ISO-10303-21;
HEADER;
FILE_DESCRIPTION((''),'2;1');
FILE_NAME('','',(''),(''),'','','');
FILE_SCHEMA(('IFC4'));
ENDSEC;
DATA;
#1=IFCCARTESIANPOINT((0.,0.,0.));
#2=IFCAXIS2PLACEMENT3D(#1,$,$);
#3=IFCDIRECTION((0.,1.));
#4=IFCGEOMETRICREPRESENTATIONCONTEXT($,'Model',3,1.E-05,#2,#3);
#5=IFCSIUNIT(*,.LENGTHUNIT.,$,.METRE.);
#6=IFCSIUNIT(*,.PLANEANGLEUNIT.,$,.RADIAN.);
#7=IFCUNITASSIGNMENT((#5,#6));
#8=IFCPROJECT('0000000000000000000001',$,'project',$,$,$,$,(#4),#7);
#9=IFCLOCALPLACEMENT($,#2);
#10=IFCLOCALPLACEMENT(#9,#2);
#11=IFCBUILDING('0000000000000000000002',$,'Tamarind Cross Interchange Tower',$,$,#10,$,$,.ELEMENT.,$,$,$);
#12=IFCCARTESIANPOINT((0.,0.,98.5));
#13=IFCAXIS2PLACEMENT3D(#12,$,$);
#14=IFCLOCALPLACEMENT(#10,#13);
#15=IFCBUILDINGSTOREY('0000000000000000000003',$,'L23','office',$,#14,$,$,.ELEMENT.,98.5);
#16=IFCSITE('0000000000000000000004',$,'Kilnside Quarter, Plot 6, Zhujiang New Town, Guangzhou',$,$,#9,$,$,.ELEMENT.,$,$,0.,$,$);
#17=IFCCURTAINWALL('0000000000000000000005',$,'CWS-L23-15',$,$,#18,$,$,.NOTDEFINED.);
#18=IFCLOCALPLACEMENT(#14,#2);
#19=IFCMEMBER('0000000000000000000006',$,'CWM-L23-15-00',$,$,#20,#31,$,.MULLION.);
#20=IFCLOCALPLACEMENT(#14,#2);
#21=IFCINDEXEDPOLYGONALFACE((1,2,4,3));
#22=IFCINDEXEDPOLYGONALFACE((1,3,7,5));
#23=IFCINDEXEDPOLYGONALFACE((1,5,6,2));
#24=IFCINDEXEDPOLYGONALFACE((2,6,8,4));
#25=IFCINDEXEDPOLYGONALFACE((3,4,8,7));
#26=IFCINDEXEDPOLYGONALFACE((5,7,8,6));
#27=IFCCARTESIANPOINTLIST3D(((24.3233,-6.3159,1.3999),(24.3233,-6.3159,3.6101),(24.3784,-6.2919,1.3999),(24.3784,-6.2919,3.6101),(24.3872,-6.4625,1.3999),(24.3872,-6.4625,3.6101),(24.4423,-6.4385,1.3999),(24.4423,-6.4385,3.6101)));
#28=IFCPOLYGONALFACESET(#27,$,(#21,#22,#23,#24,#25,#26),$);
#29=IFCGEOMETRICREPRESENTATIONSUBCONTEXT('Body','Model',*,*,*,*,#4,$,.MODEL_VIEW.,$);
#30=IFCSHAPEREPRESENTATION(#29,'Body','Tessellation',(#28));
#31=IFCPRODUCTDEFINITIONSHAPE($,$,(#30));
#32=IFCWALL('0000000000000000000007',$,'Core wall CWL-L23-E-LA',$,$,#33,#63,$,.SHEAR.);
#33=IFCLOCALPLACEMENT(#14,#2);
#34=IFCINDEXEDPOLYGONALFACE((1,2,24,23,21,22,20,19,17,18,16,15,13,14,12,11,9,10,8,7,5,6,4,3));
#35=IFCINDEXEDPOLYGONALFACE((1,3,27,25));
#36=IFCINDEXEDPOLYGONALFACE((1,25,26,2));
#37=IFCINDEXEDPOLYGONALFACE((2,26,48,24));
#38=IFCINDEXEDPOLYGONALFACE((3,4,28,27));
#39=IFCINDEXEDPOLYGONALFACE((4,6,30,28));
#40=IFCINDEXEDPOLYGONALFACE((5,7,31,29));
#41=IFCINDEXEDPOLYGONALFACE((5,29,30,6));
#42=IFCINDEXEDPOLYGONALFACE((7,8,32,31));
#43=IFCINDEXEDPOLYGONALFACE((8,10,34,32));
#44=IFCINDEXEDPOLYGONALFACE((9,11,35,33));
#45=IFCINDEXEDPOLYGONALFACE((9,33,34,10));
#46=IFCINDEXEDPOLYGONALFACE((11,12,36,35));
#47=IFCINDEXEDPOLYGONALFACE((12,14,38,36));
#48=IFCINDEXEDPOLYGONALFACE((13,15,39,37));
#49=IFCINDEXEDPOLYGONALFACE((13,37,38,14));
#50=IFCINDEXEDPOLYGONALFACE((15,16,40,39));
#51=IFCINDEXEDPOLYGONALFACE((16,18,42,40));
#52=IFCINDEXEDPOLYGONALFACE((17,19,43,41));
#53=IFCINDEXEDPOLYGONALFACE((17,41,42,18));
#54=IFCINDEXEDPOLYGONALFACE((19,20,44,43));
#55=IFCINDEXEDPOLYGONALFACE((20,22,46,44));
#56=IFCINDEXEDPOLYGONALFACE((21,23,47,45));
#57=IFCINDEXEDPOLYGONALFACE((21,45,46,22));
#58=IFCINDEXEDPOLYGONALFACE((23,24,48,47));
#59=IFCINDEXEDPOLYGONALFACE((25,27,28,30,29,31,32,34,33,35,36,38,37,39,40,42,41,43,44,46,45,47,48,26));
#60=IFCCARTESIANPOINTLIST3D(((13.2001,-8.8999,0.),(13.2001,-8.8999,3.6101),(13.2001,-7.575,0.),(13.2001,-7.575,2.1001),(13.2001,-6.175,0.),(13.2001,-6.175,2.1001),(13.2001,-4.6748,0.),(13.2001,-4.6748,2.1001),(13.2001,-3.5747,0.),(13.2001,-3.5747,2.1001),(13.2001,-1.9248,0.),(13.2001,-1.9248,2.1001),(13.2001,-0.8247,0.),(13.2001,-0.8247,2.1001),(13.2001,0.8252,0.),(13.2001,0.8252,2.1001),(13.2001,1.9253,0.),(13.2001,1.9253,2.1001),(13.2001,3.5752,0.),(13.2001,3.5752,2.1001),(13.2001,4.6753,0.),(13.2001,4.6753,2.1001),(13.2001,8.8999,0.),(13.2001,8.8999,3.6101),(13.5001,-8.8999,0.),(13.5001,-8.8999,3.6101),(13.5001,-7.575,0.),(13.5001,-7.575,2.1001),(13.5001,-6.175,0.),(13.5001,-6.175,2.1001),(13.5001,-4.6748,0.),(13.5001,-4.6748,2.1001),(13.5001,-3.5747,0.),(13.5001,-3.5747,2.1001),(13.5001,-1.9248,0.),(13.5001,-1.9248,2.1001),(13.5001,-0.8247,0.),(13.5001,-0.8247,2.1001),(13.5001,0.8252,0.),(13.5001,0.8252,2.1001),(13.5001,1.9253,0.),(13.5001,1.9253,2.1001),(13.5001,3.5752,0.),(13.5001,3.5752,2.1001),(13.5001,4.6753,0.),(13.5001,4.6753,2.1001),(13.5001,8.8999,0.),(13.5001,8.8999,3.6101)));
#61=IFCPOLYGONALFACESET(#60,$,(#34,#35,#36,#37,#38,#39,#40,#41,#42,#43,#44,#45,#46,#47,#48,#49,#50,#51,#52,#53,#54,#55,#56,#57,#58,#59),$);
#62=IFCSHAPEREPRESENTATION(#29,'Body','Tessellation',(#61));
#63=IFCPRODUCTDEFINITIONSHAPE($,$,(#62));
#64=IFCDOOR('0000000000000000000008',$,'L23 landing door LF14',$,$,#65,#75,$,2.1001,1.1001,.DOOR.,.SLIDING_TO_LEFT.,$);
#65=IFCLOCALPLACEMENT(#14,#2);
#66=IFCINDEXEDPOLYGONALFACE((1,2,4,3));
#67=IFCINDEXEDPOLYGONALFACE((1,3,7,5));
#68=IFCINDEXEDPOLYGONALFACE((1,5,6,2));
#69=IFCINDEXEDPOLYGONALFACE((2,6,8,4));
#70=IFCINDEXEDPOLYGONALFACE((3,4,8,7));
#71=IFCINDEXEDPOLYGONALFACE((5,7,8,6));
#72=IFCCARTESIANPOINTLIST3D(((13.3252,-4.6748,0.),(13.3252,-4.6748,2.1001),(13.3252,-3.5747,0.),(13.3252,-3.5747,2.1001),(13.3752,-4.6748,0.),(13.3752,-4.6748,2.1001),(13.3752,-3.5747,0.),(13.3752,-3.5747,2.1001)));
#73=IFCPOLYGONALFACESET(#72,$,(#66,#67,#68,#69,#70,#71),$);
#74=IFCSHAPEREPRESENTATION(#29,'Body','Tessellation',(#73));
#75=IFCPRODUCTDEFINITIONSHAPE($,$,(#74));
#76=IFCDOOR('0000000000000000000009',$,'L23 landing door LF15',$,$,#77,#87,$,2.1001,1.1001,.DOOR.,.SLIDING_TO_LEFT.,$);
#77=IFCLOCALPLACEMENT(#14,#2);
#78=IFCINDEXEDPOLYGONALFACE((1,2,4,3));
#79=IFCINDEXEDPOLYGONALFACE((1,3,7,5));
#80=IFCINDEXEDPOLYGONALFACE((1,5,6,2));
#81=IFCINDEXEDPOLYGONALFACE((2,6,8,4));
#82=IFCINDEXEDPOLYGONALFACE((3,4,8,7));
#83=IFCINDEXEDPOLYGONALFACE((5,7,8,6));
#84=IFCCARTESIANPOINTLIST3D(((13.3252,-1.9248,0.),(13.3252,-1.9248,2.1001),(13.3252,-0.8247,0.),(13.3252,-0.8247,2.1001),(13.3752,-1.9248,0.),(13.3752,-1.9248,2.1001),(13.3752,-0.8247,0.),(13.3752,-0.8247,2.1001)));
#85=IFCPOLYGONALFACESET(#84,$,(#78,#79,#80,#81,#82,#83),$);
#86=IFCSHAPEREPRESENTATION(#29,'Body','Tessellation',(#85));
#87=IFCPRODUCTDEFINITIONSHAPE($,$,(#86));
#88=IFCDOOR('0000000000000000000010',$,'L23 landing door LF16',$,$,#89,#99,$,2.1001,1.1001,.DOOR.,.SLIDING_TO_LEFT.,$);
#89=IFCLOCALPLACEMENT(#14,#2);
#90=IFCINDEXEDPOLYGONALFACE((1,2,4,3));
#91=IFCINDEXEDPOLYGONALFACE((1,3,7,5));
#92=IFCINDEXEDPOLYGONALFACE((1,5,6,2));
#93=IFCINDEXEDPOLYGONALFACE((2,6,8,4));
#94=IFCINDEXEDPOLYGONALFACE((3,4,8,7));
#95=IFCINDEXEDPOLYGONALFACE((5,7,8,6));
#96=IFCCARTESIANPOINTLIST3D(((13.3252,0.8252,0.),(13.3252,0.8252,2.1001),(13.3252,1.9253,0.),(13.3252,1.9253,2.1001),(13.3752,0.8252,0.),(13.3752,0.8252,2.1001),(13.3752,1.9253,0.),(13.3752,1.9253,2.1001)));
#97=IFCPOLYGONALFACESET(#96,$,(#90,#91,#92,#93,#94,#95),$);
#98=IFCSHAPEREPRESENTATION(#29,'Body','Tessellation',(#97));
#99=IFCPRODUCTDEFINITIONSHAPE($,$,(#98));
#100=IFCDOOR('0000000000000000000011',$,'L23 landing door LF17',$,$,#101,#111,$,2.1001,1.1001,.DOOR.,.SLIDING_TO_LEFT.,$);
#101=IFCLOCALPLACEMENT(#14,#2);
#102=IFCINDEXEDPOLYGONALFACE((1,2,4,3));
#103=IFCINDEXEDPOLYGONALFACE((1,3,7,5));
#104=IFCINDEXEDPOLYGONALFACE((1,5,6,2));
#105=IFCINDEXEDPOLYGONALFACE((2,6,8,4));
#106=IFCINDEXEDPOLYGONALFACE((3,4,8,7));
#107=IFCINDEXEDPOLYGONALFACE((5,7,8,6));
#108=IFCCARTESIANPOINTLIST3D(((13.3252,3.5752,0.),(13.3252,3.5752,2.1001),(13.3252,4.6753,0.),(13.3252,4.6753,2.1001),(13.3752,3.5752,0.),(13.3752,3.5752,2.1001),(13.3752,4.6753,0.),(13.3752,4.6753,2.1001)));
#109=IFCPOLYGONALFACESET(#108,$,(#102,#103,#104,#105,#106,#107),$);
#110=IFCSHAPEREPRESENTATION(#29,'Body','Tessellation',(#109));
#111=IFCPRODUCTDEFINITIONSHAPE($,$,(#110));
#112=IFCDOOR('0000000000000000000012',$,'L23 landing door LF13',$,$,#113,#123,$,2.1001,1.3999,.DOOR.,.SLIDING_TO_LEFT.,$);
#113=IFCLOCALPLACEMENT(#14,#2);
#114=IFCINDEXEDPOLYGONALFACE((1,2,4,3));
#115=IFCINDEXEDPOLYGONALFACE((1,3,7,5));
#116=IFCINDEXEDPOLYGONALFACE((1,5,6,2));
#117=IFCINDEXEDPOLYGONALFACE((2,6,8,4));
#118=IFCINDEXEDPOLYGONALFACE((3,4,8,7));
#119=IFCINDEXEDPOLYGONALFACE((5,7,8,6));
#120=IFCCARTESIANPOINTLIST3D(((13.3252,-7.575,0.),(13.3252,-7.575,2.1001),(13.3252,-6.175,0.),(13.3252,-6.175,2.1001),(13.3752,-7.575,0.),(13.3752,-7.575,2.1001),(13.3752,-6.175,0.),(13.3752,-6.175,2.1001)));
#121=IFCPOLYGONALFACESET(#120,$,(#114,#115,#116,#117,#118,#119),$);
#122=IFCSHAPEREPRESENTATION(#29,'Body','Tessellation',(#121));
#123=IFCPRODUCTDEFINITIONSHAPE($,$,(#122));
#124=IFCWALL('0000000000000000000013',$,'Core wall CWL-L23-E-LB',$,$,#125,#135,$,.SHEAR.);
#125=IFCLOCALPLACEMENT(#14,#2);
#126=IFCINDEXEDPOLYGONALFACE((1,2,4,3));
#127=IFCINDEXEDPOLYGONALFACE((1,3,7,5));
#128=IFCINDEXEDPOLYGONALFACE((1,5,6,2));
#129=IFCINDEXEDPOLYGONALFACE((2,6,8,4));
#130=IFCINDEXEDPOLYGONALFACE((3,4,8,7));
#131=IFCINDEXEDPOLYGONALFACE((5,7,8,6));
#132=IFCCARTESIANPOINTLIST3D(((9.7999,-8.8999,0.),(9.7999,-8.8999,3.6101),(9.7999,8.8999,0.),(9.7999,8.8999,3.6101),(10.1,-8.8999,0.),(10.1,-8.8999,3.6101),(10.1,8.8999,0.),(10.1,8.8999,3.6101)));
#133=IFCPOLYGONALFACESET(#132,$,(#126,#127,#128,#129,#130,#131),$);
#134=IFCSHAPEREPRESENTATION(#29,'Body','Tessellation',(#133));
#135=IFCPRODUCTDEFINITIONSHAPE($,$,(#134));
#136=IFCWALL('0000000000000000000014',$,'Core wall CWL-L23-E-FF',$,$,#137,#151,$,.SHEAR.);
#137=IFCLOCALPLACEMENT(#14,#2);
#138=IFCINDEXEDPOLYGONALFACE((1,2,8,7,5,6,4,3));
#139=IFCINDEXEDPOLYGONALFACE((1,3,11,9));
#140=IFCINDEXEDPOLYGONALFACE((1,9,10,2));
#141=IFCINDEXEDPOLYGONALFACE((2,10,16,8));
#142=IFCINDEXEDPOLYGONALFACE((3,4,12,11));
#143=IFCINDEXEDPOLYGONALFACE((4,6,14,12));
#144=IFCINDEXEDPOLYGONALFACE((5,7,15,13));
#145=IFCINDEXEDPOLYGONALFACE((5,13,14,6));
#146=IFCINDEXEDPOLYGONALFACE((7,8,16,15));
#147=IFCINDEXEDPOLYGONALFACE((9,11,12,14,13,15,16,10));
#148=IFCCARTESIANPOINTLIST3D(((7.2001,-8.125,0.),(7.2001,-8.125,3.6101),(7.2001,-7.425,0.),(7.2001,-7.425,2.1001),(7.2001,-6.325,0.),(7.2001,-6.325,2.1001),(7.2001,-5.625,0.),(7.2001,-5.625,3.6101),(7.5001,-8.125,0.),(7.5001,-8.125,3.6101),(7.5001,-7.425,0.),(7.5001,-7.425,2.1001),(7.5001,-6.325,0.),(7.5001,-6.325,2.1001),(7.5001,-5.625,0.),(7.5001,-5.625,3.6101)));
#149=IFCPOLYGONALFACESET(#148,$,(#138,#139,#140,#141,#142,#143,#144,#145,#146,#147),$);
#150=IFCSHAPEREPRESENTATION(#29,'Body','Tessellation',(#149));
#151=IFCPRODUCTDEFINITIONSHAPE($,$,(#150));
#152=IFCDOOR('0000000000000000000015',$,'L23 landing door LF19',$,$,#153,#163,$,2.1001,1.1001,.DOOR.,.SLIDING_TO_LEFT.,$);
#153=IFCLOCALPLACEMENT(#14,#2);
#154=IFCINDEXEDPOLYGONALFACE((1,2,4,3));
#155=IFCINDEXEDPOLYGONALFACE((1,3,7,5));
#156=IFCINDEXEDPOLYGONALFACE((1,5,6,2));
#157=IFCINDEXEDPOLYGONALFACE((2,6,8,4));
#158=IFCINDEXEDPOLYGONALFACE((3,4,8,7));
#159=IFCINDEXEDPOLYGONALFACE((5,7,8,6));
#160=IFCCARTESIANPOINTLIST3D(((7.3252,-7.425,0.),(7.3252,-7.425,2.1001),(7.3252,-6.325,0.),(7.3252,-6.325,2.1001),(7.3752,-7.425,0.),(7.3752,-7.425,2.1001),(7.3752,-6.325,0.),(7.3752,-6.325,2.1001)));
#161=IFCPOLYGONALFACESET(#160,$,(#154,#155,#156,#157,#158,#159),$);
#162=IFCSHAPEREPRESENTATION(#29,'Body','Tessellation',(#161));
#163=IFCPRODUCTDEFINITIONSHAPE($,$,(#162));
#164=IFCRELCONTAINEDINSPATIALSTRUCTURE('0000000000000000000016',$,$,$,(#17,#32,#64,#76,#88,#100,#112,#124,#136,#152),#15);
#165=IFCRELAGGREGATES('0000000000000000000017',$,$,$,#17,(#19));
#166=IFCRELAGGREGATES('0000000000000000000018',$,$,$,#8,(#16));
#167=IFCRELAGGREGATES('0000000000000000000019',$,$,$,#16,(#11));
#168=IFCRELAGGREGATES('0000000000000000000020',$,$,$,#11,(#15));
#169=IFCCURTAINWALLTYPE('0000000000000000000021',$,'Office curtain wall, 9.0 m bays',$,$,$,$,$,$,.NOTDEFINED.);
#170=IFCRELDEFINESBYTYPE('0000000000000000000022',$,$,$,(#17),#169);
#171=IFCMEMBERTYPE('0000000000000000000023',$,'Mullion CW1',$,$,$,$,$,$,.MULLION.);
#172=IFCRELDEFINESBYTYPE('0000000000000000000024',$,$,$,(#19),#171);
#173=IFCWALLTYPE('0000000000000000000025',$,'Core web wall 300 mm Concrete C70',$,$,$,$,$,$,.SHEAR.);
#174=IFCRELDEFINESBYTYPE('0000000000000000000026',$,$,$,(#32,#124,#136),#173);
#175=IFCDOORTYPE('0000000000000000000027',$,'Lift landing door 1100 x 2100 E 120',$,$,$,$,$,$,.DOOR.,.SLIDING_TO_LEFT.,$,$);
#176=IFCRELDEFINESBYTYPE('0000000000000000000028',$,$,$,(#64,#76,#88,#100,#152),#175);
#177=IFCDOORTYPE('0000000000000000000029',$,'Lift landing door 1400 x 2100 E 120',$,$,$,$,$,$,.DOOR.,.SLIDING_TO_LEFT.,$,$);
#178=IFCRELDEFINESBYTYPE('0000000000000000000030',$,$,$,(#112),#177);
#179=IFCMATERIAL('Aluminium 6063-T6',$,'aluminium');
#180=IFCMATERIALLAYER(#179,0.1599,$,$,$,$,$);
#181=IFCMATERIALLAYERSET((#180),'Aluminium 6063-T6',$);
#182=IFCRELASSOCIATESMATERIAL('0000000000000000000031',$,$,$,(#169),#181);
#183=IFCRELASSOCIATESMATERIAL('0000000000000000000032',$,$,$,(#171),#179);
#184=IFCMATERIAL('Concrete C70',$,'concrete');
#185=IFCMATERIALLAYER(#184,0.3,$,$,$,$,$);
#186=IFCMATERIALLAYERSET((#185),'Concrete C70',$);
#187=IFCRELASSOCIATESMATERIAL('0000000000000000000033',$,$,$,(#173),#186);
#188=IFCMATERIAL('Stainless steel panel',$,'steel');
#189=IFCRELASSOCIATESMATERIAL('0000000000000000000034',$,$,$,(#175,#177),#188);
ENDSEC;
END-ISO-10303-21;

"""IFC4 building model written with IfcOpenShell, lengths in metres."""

from ifc_helpers import new_model, si_unit, direction, frame, frame_2d, origin, origin_2d, place, context, subcontext, project, spatial, rectangle, extrude, material, layer, layer_set, material_profile, profile_set, type_object, element, fill, aggregate, save


model = new_model("IFC4")

# Units and contexts
model_context = context("Model", 3, precision=1e-05, world=origin(), true_north=direction((0.0, 1.0)))
body_context = subcontext(model_context, "Body", "Model", "MODEL_VIEW")
ifc_project = project(units=[si_unit("LENGTHUNIT", "METRE"), si_unit("PLANEANGLEUNIT", "RADIAN")], contexts=[model_context])

# Site, building, storey
site_placement = place(None, origin())
site = spatial("IfcSite", under=ifc_project, at=site_placement, Name="Kilnside Quarter, Plot 6, Zhujiang New Town, Guangzhou", CompositionType="ELEMENT", RefElevation=0.0)
building_placement = place(site_placement, origin())
building = spatial("IfcBuilding", under=site, at=building_placement, Name="Tamarind Cross Interchange Tower", CompositionType="ELEMENT")
storey_placement = place(building_placement, frame((0.0, 0.0, 98.5)))
storey = spatial("IfcBuildingStorey", under=building, at=storey_placement, Name="L23", Description="office", CompositionType="ELEMENT", Elevation=98.5)

# Curtain wall, member
ifc_material_1 = material(Name="Aluminium 6063-T6", Category="aluminium")
ifc_layer_1 = layer(ifc_material_1, 0.1599)
ifc_layer_set_1 = layer_set([ifc_layer_1], Name="Aluminium 6063-T6")
curtain_wall_type = type_object("IfcCurtainWallType", Name="Office curtain wall, 9.0 m bays", PredefinedType="NOTDEFINED", material=ifc_layer_set_1)
curtain_wall_placement = place(storey_placement, origin())
curtain_wall = element("IfcCurtainWall", 1, at=curtain_wall_placement, inside=storey, type_object=curtain_wall_type, Name="CWS-L23-15", PredefinedType="NOTDEFINED")
ifc_material_profile_1 = material_profile(ifc_material_1, rectangle(XDim=0.0601, YDim=0.1599, at=origin_2d()), Name="Mullion CW1")
ifc_profile_set_1 = profile_set([ifc_material_profile_1], Name="Aluminium 6063-T6")
member_type = type_object("IfcMemberType", Name="Mullion CW1", PredefinedType="MULLION", material=ifc_profile_set_1)
member_placement = place(storey_placement, frame((24.3828, -6.3772, 1.3999), z_axis=(0.0, 0.0, 1.0), x_axis=(0.916742, 0.399479, 0.0)))
member = element("IfcMember", 2, at=member_placement, type_object=member_type, Name="CWM-L23-15-00", PredefinedType="MULLION", context=body_context, shape_type="SweptSolid", body=[
    extrude(rectangle(XDim=0.0601, YDim=0.1599, at=origin_2d()), origin(), (0.0, 0.0, 1.0), 2.2102),
])
aggregate(curtain_wall, [member])

# Wall, openings, doors
ifc_material_2 = material(Name="Concrete C70", Category="concrete")
ifc_layer_2 = layer(ifc_material_2, 0.3)
ifc_layer_set_2 = layer_set([ifc_layer_2], Name="Concrete C70")
wall_type_1 = type_object("IfcWallType", Name="Core web wall 300 mm Concrete C70", PredefinedType="SHEAR", material=ifc_layer_set_2)
wall_1_placement = place(storey_placement, frame((13.3501, -8.8999, 0.0), z_axis=(0.0, 0.0, 1.0), x_axis=(0.0, 1.0, 0.0)))
wall_1 = element("IfcWall", 3, at=wall_1_placement, inside=storey, type_object=wall_type_1, Name="Core wall CWL-L23-E-LA", PredefinedType="SHEAR", context=body_context, shape_type="SweptSolid", body=[
    extrude(rectangle(XDim=17.7998, YDim=0.3, at=frame_2d((8.8999, 0.0))), origin(), (0.0, 0.0, 1.0), 3.6101),
])
opening_1_placement = place(wall_1_placement, frame((1.325, 0.0, 0.0)))
opening_1 = element("IfcOpeningElement", 4, at=opening_1_placement, cuts=wall_1, PredefinedType="OPENING", context=body_context, shape_type="SweptSolid", body=[
    extrude(rectangle(XDim=1.3999, YDim=2.1001, at=frame_2d((0.7, 1.05))), frame((0.0, 0.1599, 0.0), z_axis=(0.0, -1.0, 0.0), x_axis=(1.0, 0.0, 0.0)), (0.0, 0.0, 1.0), 0.3201),
])
opening_2_placement = place(wall_1_placement, frame((4.2251, 0.0, 0.0)))
opening_2 = element("IfcOpeningElement", 5, at=opening_2_placement, cuts=wall_1, PredefinedType="OPENING", context=body_context, shape_type="SweptSolid", body=[
    extrude(rectangle(XDim=1.1001, YDim=2.1001, at=frame_2d((0.55, 1.05))), frame((0.0, 0.1599, 0.0), z_axis=(0.0, -1.0, 0.0), x_axis=(1.0, 0.0, 0.0)), (0.0, 0.0, 1.0), 0.3201),
])
opening_3_placement = place(wall_1_placement, frame((6.9751, 0.0, 0.0)))
opening_3 = element("IfcOpeningElement", 6, at=opening_3_placement, cuts=wall_1, PredefinedType="OPENING", context=body_context, shape_type="SweptSolid", body=[
    extrude(rectangle(XDim=1.1001, YDim=2.1001, at=frame_2d((0.55, 1.05))), frame((0.0, 0.1599, 0.0), z_axis=(0.0, -1.0, 0.0), x_axis=(1.0, 0.0, 0.0)), (0.0, 0.0, 1.0), 0.3201),
])
opening_4_placement = place(wall_1_placement, frame((9.7251, 0.0, 0.0)))
opening_4 = element("IfcOpeningElement", 7, at=opening_4_placement, cuts=wall_1, PredefinedType="OPENING", context=body_context, shape_type="SweptSolid", body=[
    extrude(rectangle(XDim=1.1001, YDim=2.1001, at=frame_2d((0.55, 1.05))), frame((0.0, 0.1599, 0.0), z_axis=(0.0, -1.0, 0.0), x_axis=(1.0, 0.0, 0.0)), (0.0, 0.0, 1.0), 0.3201),
])
opening_5_placement = place(wall_1_placement, frame((12.4751, 0.0, 0.0)))
opening_5 = element("IfcOpeningElement", 8, at=opening_5_placement, cuts=wall_1, PredefinedType="OPENING", context=body_context, shape_type="SweptSolid", body=[
    extrude(rectangle(XDim=1.1001, YDim=2.1001, at=frame_2d((0.55, 1.05))), frame((0.0, 0.1599, 0.0), z_axis=(0.0, -1.0, 0.0), x_axis=(1.0, 0.0, 0.0)), (0.0, 0.0, 1.0), 0.3201),
])
ifc_material_3 = material(Name="Stainless steel panel", Category="steel")
door_type_1 = type_object("IfcDoorType", Name="Lift landing door 1100 x 2100 E 120", OperationType="SLIDING_TO_LEFT", PredefinedType="DOOR", material=ifc_material_3)
door_1_placement = place(opening_2_placement, origin())
door_1 = element("IfcDoor", 9, at=door_1_placement, inside=storey, type_object=door_type_1, Name="L23 landing door LF14", OperationType="SLIDING_TO_LEFT", OverallHeight=2.1001, OverallWidth=1.1001, PredefinedType="DOOR", context=body_context, shape_type="SweptSolid", body=[
    extrude(rectangle(XDim=1.1001, YDim=2.1001, at=frame_2d((0.55, 1.05))), frame((0.0, 0.0249, 0.0), z_axis=(0.0, -1.0, 0.0), x_axis=(1.0, 0.0, 0.0)), (0.0, 0.0, 1.0), 0.05),
])
fill(opening_2, door_1)
door_2_placement = place(opening_3_placement, origin())
door_2 = element("IfcDoor", 10, at=door_2_placement, inside=storey, type_object=door_type_1, Name="L23 landing door LF15", OperationType="SLIDING_TO_LEFT", OverallHeight=2.1001, OverallWidth=1.1001, PredefinedType="DOOR", context=body_context, shape_type="SweptSolid", body=[
    extrude(rectangle(XDim=1.1001, YDim=2.1001, at=frame_2d((0.55, 1.05))), frame((0.0, 0.0249, 0.0), z_axis=(0.0, -1.0, 0.0), x_axis=(1.0, 0.0, 0.0)), (0.0, 0.0, 1.0), 0.05),
])
fill(opening_3, door_2)
door_3_placement = place(opening_4_placement, origin())
door_3 = element("IfcDoor", 11, at=door_3_placement, inside=storey, type_object=door_type_1, Name="L23 landing door LF16", OperationType="SLIDING_TO_LEFT", OverallHeight=2.1001, OverallWidth=1.1001, PredefinedType="DOOR", context=body_context, shape_type="SweptSolid", body=[
    extrude(rectangle(XDim=1.1001, YDim=2.1001, at=frame_2d((0.55, 1.05))), frame((0.0, 0.0249, 0.0), z_axis=(0.0, -1.0, 0.0), x_axis=(1.0, 0.0, 0.0)), (0.0, 0.0, 1.0), 0.05),
])
fill(opening_4, door_3)
door_4_placement = place(opening_5_placement, origin())
door_4 = element("IfcDoor", 12, at=door_4_placement, inside=storey, type_object=door_type_1, Name="L23 landing door LF17", OperationType="SLIDING_TO_LEFT", OverallHeight=2.1001, OverallWidth=1.1001, PredefinedType="DOOR", context=body_context, shape_type="SweptSolid", body=[
    extrude(rectangle(XDim=1.1001, YDim=2.1001, at=frame_2d((0.55, 1.05))), frame((0.0, 0.0249, 0.0), z_axis=(0.0, -1.0, 0.0), x_axis=(1.0, 0.0, 0.0)), (0.0, 0.0, 1.0), 0.05),
])
fill(opening_5, door_4)
door_type_2 = type_object("IfcDoorType", Name="Lift landing door 1400 x 2100 E 120", OperationType="SLIDING_TO_LEFT", PredefinedType="DOOR", material=ifc_material_3)
door_5_placement = place(opening_1_placement, origin())
door_5 = element("IfcDoor", 13, at=door_5_placement, inside=storey, type_object=door_type_2, Name="L23 landing door LF13", OperationType="SLIDING_TO_LEFT", OverallHeight=2.1001, OverallWidth=1.3999, PredefinedType="DOOR", context=body_context, shape_type="SweptSolid", body=[
    extrude(rectangle(XDim=1.3999, YDim=2.1001, at=frame_2d((0.7, 1.05))), frame((0.0, 0.0249, 0.0), z_axis=(0.0, -1.0, 0.0), x_axis=(1.0, 0.0, 0.0)), (0.0, 0.0, 1.0), 0.05),
])
fill(opening_1, door_5)

# Wall
wall_2_placement = place(storey_placement, frame((9.95, -8.8999, 0.0), z_axis=(0.0, 0.0, 1.0), x_axis=(0.0, 1.0, 0.0)))
element("IfcWall", 14, at=wall_2_placement, inside=storey, type_object=wall_type_1, Name="Core wall CWL-L23-E-LB", PredefinedType="SHEAR", context=body_context, shape_type="SweptSolid", body=[
    extrude(rectangle(XDim=17.7998, YDim=0.3, at=frame_2d((8.8999, 0.0))), origin(), (0.0, 0.0, 1.0), 3.6101),
])

# Wall, opening, door
wall_3_placement = place(storey_placement, frame((7.3501, -8.125, 0.0), z_axis=(0.0, 0.0, 1.0), x_axis=(0.0, 1.0, 0.0)))
wall_3 = element("IfcWall", 15, at=wall_3_placement, inside=storey, type_object=wall_type_1, Name="Core wall CWL-L23-E-FF", PredefinedType="SHEAR", context=body_context, shape_type="SweptSolid", body=[
    extrude(rectangle(XDim=2.5, YDim=0.3, at=frame_2d((1.25, 0.0))), origin(), (0.0, 0.0, 1.0), 3.6101),
])
opening_6_placement = place(wall_3_placement, frame((0.7, 0.0, 0.0)))
opening_6 = element("IfcOpeningElement", 16, at=opening_6_placement, cuts=wall_3, PredefinedType="OPENING", context=body_context, shape_type="SweptSolid", body=[
    extrude(rectangle(XDim=1.1001, YDim=2.1001, at=frame_2d((0.55, 1.05))), frame((0.0, 0.1599, 0.0), z_axis=(0.0, -1.0, 0.0), x_axis=(1.0, 0.0, 0.0)), (0.0, 0.0, 1.0), 0.3201),
])
door_6_placement = place(opening_6_placement, origin())
door_6 = element("IfcDoor", 17, at=door_6_placement, inside=storey, type_object=door_type_1, Name="L23 landing door LF19", OperationType="SLIDING_TO_LEFT", OverallHeight=2.1001, OverallWidth=1.1001, PredefinedType="DOOR", context=body_context, shape_type="SweptSolid", body=[
    extrude(rectangle(XDim=1.1001, YDim=2.1001, at=frame_2d((0.55, 1.05))), frame((0.0, 0.0249, 0.0), z_axis=(0.0, -1.0, 0.0), x_axis=(1.0, 0.0, 0.0)), (0.0, 0.0, 1.0), 0.05),
])
fill(opening_6, door_6)

save(model, "model.ifc")
